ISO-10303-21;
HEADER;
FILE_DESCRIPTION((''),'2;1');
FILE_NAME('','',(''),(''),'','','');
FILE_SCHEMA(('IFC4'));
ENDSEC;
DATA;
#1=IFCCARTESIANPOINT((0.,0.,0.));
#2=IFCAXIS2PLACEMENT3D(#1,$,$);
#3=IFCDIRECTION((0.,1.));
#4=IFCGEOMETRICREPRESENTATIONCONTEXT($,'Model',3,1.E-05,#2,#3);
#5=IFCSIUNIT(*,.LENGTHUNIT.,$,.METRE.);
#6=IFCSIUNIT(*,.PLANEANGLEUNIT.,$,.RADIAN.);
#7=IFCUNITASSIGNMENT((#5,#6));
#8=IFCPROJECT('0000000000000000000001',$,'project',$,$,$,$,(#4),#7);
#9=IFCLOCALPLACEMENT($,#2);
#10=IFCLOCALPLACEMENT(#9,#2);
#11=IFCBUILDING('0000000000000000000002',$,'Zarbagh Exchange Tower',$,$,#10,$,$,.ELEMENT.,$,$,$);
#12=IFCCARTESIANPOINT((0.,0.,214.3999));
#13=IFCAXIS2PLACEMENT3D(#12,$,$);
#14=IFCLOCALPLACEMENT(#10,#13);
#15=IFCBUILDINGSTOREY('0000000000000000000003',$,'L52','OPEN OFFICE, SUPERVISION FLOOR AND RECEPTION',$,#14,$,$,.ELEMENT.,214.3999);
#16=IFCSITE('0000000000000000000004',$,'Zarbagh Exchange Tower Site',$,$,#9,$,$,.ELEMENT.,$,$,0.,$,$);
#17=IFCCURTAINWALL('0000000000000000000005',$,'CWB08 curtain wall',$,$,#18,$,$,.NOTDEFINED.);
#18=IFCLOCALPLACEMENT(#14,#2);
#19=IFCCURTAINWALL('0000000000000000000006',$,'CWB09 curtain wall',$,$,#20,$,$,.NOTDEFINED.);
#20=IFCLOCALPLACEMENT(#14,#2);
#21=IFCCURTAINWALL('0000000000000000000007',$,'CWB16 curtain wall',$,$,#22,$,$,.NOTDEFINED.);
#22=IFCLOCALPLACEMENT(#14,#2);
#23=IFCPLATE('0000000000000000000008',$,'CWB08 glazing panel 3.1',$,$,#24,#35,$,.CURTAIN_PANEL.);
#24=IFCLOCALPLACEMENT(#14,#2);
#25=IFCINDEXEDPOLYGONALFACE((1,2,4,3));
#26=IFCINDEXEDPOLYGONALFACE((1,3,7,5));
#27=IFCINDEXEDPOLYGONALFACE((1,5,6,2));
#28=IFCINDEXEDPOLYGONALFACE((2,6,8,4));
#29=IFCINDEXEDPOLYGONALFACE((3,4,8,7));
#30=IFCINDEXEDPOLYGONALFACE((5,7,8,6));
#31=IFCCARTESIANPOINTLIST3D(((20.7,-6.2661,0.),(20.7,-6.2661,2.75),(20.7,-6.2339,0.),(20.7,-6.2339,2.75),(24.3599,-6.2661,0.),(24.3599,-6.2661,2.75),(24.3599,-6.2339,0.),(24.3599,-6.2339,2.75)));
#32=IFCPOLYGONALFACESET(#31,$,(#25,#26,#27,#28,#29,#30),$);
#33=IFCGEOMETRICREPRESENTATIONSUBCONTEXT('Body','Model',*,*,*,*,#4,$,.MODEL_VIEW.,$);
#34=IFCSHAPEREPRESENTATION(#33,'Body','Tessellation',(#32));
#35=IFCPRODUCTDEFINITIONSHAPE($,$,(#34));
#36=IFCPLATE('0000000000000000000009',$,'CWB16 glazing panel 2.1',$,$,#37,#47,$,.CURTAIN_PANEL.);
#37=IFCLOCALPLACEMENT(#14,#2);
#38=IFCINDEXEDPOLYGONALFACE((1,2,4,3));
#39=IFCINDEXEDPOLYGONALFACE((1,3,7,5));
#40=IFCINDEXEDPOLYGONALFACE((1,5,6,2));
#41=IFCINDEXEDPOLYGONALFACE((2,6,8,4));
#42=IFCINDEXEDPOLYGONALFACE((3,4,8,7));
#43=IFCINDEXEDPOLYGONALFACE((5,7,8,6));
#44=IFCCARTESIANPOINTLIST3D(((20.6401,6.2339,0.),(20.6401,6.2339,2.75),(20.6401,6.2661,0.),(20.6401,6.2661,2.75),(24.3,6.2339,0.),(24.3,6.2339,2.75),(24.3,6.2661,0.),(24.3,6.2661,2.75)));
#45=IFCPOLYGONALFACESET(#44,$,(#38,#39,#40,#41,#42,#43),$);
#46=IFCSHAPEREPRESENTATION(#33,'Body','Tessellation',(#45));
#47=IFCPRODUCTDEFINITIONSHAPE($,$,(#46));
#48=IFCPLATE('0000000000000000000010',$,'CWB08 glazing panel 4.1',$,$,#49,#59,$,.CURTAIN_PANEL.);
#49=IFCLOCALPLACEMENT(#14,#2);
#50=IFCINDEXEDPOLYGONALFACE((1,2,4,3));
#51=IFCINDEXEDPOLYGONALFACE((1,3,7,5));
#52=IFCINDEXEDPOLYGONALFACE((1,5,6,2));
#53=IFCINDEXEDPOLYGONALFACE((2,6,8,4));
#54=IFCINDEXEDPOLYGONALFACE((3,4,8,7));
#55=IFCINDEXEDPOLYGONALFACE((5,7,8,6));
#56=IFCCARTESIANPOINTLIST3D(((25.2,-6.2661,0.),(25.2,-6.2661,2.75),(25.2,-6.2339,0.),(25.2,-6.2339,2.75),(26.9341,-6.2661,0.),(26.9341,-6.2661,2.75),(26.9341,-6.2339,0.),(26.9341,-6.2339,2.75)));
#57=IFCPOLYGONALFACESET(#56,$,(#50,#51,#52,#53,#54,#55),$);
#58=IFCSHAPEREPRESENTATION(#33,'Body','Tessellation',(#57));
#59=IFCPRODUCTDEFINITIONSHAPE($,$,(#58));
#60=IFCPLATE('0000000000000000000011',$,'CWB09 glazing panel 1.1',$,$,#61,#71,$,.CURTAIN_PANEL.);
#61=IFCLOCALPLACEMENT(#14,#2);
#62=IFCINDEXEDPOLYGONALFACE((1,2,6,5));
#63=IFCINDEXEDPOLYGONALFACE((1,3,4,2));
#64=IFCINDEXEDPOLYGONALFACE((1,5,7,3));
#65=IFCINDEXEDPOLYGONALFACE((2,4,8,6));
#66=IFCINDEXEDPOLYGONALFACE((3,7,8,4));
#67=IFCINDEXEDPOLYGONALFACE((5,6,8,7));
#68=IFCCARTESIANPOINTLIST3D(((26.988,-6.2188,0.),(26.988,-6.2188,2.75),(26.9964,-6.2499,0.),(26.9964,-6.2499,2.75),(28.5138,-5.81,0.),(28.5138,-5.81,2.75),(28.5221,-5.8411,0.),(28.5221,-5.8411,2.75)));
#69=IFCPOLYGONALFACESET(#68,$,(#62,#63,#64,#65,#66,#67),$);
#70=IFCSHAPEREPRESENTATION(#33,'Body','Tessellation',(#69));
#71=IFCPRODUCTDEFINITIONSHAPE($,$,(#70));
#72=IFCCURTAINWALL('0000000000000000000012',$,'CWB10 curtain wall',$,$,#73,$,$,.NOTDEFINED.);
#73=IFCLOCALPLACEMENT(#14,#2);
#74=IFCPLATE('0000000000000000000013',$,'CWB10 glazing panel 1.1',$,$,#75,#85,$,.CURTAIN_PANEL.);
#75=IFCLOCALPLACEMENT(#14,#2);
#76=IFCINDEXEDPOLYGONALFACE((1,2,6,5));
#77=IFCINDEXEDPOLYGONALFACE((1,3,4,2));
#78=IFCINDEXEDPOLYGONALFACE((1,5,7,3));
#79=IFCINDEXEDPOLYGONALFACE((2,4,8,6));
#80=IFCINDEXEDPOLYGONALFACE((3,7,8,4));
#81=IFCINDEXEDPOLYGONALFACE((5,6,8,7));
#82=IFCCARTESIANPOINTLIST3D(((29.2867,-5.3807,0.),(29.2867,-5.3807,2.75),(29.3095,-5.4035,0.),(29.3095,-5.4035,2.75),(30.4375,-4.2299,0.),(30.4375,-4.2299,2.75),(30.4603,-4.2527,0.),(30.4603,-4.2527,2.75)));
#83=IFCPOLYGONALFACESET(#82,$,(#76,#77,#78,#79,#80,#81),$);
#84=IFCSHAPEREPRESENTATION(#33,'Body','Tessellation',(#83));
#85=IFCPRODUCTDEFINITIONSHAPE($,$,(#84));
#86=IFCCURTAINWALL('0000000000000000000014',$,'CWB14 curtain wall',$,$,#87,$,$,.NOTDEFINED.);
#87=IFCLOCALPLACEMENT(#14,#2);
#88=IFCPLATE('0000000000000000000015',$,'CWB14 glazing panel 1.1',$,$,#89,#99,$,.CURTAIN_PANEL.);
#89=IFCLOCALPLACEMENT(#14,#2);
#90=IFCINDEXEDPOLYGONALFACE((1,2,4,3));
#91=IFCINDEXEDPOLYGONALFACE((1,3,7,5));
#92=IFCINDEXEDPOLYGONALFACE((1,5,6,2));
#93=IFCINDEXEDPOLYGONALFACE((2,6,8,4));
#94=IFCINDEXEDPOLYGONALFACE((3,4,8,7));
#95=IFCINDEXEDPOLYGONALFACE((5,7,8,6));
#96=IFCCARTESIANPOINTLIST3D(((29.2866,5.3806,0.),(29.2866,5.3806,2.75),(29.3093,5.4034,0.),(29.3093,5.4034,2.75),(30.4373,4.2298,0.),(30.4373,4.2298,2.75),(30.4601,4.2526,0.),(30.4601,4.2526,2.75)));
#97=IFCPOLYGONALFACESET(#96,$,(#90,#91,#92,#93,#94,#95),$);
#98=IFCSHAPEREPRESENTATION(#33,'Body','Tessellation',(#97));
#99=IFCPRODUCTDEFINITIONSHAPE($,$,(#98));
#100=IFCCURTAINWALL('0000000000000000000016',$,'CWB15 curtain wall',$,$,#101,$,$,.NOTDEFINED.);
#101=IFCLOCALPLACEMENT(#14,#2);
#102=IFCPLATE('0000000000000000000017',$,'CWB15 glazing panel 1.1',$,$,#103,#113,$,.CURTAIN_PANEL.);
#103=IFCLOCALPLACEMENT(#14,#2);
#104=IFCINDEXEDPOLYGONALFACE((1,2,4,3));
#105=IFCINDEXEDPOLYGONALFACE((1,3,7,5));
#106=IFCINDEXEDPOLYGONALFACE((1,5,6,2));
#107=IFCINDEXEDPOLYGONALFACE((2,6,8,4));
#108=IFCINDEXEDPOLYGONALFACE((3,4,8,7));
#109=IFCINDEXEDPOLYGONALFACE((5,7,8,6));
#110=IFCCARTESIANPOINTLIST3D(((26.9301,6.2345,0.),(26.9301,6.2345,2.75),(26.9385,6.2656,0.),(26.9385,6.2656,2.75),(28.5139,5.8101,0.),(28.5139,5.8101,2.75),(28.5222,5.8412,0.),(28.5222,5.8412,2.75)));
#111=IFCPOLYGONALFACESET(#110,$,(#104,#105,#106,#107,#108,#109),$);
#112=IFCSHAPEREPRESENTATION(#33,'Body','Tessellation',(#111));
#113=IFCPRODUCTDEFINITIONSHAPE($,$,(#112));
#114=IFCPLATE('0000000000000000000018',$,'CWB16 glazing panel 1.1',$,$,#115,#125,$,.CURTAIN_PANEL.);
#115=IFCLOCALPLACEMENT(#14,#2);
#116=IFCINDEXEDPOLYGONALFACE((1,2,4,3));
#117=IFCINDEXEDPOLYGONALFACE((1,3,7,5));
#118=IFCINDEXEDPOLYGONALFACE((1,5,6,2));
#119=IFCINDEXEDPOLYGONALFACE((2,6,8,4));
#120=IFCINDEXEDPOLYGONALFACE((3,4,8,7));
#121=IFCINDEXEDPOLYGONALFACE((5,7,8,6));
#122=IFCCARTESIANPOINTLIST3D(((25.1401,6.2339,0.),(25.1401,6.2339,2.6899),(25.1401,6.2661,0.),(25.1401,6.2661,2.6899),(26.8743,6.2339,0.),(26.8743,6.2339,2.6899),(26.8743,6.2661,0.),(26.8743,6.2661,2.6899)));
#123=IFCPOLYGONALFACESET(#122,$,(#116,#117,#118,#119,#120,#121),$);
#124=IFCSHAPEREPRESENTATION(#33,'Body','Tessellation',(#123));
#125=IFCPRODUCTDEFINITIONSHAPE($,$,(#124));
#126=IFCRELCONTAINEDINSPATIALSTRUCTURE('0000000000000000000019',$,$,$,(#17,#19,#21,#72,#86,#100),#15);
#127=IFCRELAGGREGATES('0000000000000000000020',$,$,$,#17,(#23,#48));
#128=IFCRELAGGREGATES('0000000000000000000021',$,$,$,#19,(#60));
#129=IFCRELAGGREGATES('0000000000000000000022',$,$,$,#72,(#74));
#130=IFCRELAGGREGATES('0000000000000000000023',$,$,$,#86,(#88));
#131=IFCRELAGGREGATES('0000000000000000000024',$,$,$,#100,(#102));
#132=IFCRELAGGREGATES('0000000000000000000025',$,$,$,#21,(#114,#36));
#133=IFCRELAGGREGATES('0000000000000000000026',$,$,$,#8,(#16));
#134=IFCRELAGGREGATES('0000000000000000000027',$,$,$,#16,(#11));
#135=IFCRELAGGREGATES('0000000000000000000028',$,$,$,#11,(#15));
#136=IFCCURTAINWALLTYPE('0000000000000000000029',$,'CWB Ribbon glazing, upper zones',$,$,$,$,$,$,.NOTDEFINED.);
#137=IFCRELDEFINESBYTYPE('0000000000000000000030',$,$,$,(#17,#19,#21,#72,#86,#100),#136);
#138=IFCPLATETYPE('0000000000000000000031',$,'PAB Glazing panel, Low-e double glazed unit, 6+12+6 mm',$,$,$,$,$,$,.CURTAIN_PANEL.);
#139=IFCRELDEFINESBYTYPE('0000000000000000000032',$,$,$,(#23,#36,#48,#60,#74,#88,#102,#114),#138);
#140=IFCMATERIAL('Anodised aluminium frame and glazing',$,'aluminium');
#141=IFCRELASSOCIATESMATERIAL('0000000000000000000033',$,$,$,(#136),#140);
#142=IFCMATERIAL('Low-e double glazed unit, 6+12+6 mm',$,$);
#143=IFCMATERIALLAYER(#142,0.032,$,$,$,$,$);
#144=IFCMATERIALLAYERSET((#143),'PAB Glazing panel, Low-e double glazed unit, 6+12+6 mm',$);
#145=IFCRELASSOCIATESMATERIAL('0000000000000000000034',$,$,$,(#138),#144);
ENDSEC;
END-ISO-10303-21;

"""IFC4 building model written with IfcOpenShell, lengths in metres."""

from ifc_helpers import new_model, si_unit, direction, frame, origin, place, context, subcontext, project, spatial, polyline, outline, extrude, source, transform, mapped, material, layer, layer_set, type_object, element, aggregate, save


model = new_model("IFC4")

# Units and contexts
model_context = context("Model", 3, precision=1e-05, world=origin(), true_north=direction((0.0, 1.0)))
body_context = subcontext(model_context, "Body", "Model", "MODEL_VIEW")
ifc_project = project(units=[si_unit("LENGTHUNIT", "METRE"), si_unit("PLANEANGLEUNIT", "RADIAN")], contexts=[model_context])

# Site, building, storey
site_placement = place(None, origin())
site = spatial("IfcSite", under=ifc_project, at=site_placement, Name="Zarbagh Exchange Tower Site", CompositionType="ELEMENT", RefElevation=0.0)
building_placement = place(site_placement, origin())
building = spatial("IfcBuilding", under=site, at=building_placement, Name="Zarbagh Exchange Tower", CompositionType="ELEMENT")
storey_placement = place(building_placement, frame((0.0, 0.0, 214.3999)))
storey = spatial("IfcBuildingStorey", under=building, at=storey_placement, Name="L52", Description="OPEN OFFICE, SUPERVISION FLOOR AND RECEPTION", CompositionType="ELEMENT", Elevation=214.3999)

# Curtain wall
ifc_material_1 = material(Name="Anodised aluminium frame and glazing", Category="aluminium")
curtain_wall_type = type_object("IfcCurtainWallType", Name="CWB Ribbon glazing, upper zones", PredefinedType="NOTDEFINED", material=ifc_material_1)
curtain_wall_1_placement = place(storey_placement, origin())
curtain_wall_1 = element("IfcCurtainWall", 1, at=curtain_wall_1_placement, inside=storey, type_object=curtain_wall_type, Name="CWB08 curtain wall", PredefinedType="NOTDEFINED")
placement = place(storey_placement, origin())

# Curtain wall
curtain_wall_2_placement = place(storey_placement, origin())
curtain_wall_2 = element("IfcCurtainWall", 2, at=curtain_wall_2_placement, inside=storey, type_object=curtain_wall_type, Name="CWB09 curtain wall", PredefinedType="NOTDEFINED")

# Curtain wall
curtain_wall_3_placement = place(storey_placement, origin())
curtain_wall_3 = element("IfcCurtainWall", 3, at=curtain_wall_3_placement, inside=storey, type_object=curtain_wall_type, Name="CWB16 curtain wall", PredefinedType="NOTDEFINED")

# Shared definitions
ifc_material_2 = material(Name="Low-e double glazed unit, 6+12+6 mm")
ifc_layer = layer(ifc_material_2, 0.032)
ifc_layer_set = layer_set([ifc_layer], Name="PAB Glazing panel, Low-e double glazed unit, 6+12+6 mm")
plate_type = type_object("IfcPlateType", Name="PAB Glazing panel, Low-e double glazed unit, 6+12+6 mm", PredefinedType="CURTAIN_PANEL", material=ifc_layer_set)

# Plates
shared_shape_1 = source(origin(), body_context, "Body", "SweptSolid", [
    extrude(outline(polyline([(0.0, -0.0161), (3.6599, -0.0161), (3.6599, 0.0161), (0.0, 0.0161), (0.0, -0.0161)])), origin(), (0.0, 0.0, 1.0), 2.75),
])
plate_1 = element("IfcPlate", 4, at=placement, type_object=plate_type, Name="CWB08 glazing panel 3.1", PredefinedType="CURTAIN_PANEL", context=body_context, shape_type="MappedRepresentation", body=[
    mapped(shared_shape_1, transform((20.7, -6.25, 0.0), x_axis=(1.0, 0.0, 0.0), y_axis=(0.0, 1.0, 0.0), z_axis=(0.0, 0.0, 1.0))),
])
plate_2 = element("IfcPlate", 5, at=placement, type_object=plate_type, Name="CWB16 glazing panel 2.1", PredefinedType="CURTAIN_PANEL", context=body_context, shape_type="MappedRepresentation", body=[
    mapped(shared_shape_1, transform((24.3, 6.25, 0.0), x_axis=(-1.0, 0.0, 0.0), y_axis=(0.0, -1.0, 0.0), z_axis=(0.0, 0.0, 1.0))),
])
shared_shape_2 = source(origin(), body_context, "Body", "SweptSolid", [
    extrude(outline(polyline([(0.0, -0.0161), (1.7341, -0.0161), (1.7341, 0.0161), (0.0, 0.0161), (0.0, -0.0161)])), origin(), (0.0, 0.0, 1.0), 2.75),
])
plate_3 = element("IfcPlate", 6, at=placement, type_object=plate_type, Name="CWB08 glazing panel 4.1", PredefinedType="CURTAIN_PANEL", context=body_context, shape_type="MappedRepresentation", body=[
    mapped(shared_shape_2, transform((25.2, -6.25, 0.0), x_axis=(1.0, 0.0, 0.0), y_axis=(0.0, 1.0, 0.0), z_axis=(0.0, 0.0, 1.0))),
])
aggregate(curtain_wall_1, [plate_1, plate_3])
shared_shape_3 = source(origin(), body_context, "Body", "SweptSolid", [
    extrude(outline(polyline([(0.0, -0.0161), (1.5796, -0.0161), (1.5796, 0.0161), (0.0, 0.0161), (0.0, -0.0161)])), origin(), (0.0, 0.0, 1.0), 2.75),
])
plate_4 = element("IfcPlate", 7, at=placement, type_object=plate_type, Name="CWB09 glazing panel 1.1", PredefinedType="CURTAIN_PANEL", context=body_context, shape_type="MappedRepresentation", body=[
    mapped(shared_shape_3, transform((26.9922, -6.2344, 0.0), x_axis=(0.965924, 0.258825, 0.0), y_axis=(-0.258825, 0.965924, 0.0), z_axis=(0.0, 0.0, 1.0))),
])
aggregate(curtain_wall_2, [plate_4])

# Curtain walls, plates
curtain_wall_4_placement = place(storey_placement, origin())
curtain_wall_4 = element("IfcCurtainWall", 8, at=curtain_wall_4_placement, inside=storey, type_object=curtain_wall_type, Name="CWB10 curtain wall", PredefinedType="NOTDEFINED")
shared_shape_4 = source(origin(), body_context, "Body", "SweptSolid", [
    extrude(outline(polyline([(0.0, -0.0161), (1.6274, -0.0161), (1.6274, 0.0161), (0.0, 0.0161), (0.0, -0.0161)])), origin(), (0.0, 0.0, 1.0), 2.75),
])
plate_5 = element("IfcPlate", 9, at=placement, type_object=plate_type, Name="CWB10 glazing panel 1.1", PredefinedType="CURTAIN_PANEL", context=body_context, shape_type="MappedRepresentation", body=[
    mapped(shared_shape_4, transform((29.2981, -5.3921, 0.0), x_axis=(0.707107, 0.707107, 0.0), y_axis=(-0.707107, 0.707107, 0.0), z_axis=(0.0, 0.0, 1.0))),
])
aggregate(curtain_wall_4, [plate_5])
curtain_wall_5_placement = place(storey_placement, origin())
curtain_wall_5 = element("IfcCurtainWall", 10, at=curtain_wall_5_placement, inside=storey, type_object=curtain_wall_type, Name="CWB14 curtain wall", PredefinedType="NOTDEFINED")
plate_6 = element("IfcPlate", 11, at=placement, type_object=plate_type, Name="CWB14 glazing panel 1.1", PredefinedType="CURTAIN_PANEL", context=body_context, shape_type="MappedRepresentation", body=[
    mapped(shared_shape_4, transform((30.4487, 4.2412, 0.0), x_axis=(-0.707107, 0.707107, 0.0), y_axis=(-0.707107, -0.707107, 0.0), z_axis=(0.0, 0.0, 1.0))),
])
aggregate(curtain_wall_5, [plate_6])
curtain_wall_6_placement = place(storey_placement, origin())
curtain_wall_6 = element("IfcCurtainWall", 12, at=curtain_wall_6_placement, inside=storey, type_object=curtain_wall_type, Name="CWB15 curtain wall", PredefinedType="NOTDEFINED")
shared_shape_5 = source(origin(), body_context, "Body", "SweptSolid", [
    extrude(outline(polyline([(0.0, -0.0161), (1.6396, -0.0161), (1.6396, 0.0161), (0.0, 0.0161), (0.0, -0.0161)])), origin(), (0.0, 0.0, 1.0), 2.75),
])
plate_7 = element("IfcPlate", 13, at=placement, type_object=plate_type, Name="CWB15 glazing panel 1.1", PredefinedType="CURTAIN_PANEL", context=body_context, shape_type="MappedRepresentation", body=[
    mapped(shared_shape_5, transform((28.5181, 5.8257, 0.0), x_axis=(-0.965924, 0.258825, 0.0), y_axis=(-0.258825, -0.965924, 0.0), z_axis=(0.0, 0.0, 1.0))),
])
aggregate(curtain_wall_6, [plate_7])

# Plate
shared_shape_6 = source(origin(), body_context, "Body", "SweptSolid", [
    extrude(outline(polyline([(0.0, -0.0161), (1.7341, -0.0161), (1.7341, 0.0161), (0.0, 0.0161), (0.0, -0.0161)])), origin(), (0.0, 0.0, 1.0), 2.6899),
])
plate_8 = element("IfcPlate", 14, at=placement, type_object=plate_type, Name="CWB16 glazing panel 1.1", PredefinedType="CURTAIN_PANEL", context=body_context, shape_type="MappedRepresentation", body=[
    mapped(shared_shape_6, transform((26.8743, 6.25, 0.0), x_axis=(-1.0, 0.0, 0.0), y_axis=(0.0, -1.0, 0.0), z_axis=(0.0, 0.0, 1.0))),
])
aggregate(curtain_wall_3, [plate_8, plate_2])

save(model, "model.ifc")
